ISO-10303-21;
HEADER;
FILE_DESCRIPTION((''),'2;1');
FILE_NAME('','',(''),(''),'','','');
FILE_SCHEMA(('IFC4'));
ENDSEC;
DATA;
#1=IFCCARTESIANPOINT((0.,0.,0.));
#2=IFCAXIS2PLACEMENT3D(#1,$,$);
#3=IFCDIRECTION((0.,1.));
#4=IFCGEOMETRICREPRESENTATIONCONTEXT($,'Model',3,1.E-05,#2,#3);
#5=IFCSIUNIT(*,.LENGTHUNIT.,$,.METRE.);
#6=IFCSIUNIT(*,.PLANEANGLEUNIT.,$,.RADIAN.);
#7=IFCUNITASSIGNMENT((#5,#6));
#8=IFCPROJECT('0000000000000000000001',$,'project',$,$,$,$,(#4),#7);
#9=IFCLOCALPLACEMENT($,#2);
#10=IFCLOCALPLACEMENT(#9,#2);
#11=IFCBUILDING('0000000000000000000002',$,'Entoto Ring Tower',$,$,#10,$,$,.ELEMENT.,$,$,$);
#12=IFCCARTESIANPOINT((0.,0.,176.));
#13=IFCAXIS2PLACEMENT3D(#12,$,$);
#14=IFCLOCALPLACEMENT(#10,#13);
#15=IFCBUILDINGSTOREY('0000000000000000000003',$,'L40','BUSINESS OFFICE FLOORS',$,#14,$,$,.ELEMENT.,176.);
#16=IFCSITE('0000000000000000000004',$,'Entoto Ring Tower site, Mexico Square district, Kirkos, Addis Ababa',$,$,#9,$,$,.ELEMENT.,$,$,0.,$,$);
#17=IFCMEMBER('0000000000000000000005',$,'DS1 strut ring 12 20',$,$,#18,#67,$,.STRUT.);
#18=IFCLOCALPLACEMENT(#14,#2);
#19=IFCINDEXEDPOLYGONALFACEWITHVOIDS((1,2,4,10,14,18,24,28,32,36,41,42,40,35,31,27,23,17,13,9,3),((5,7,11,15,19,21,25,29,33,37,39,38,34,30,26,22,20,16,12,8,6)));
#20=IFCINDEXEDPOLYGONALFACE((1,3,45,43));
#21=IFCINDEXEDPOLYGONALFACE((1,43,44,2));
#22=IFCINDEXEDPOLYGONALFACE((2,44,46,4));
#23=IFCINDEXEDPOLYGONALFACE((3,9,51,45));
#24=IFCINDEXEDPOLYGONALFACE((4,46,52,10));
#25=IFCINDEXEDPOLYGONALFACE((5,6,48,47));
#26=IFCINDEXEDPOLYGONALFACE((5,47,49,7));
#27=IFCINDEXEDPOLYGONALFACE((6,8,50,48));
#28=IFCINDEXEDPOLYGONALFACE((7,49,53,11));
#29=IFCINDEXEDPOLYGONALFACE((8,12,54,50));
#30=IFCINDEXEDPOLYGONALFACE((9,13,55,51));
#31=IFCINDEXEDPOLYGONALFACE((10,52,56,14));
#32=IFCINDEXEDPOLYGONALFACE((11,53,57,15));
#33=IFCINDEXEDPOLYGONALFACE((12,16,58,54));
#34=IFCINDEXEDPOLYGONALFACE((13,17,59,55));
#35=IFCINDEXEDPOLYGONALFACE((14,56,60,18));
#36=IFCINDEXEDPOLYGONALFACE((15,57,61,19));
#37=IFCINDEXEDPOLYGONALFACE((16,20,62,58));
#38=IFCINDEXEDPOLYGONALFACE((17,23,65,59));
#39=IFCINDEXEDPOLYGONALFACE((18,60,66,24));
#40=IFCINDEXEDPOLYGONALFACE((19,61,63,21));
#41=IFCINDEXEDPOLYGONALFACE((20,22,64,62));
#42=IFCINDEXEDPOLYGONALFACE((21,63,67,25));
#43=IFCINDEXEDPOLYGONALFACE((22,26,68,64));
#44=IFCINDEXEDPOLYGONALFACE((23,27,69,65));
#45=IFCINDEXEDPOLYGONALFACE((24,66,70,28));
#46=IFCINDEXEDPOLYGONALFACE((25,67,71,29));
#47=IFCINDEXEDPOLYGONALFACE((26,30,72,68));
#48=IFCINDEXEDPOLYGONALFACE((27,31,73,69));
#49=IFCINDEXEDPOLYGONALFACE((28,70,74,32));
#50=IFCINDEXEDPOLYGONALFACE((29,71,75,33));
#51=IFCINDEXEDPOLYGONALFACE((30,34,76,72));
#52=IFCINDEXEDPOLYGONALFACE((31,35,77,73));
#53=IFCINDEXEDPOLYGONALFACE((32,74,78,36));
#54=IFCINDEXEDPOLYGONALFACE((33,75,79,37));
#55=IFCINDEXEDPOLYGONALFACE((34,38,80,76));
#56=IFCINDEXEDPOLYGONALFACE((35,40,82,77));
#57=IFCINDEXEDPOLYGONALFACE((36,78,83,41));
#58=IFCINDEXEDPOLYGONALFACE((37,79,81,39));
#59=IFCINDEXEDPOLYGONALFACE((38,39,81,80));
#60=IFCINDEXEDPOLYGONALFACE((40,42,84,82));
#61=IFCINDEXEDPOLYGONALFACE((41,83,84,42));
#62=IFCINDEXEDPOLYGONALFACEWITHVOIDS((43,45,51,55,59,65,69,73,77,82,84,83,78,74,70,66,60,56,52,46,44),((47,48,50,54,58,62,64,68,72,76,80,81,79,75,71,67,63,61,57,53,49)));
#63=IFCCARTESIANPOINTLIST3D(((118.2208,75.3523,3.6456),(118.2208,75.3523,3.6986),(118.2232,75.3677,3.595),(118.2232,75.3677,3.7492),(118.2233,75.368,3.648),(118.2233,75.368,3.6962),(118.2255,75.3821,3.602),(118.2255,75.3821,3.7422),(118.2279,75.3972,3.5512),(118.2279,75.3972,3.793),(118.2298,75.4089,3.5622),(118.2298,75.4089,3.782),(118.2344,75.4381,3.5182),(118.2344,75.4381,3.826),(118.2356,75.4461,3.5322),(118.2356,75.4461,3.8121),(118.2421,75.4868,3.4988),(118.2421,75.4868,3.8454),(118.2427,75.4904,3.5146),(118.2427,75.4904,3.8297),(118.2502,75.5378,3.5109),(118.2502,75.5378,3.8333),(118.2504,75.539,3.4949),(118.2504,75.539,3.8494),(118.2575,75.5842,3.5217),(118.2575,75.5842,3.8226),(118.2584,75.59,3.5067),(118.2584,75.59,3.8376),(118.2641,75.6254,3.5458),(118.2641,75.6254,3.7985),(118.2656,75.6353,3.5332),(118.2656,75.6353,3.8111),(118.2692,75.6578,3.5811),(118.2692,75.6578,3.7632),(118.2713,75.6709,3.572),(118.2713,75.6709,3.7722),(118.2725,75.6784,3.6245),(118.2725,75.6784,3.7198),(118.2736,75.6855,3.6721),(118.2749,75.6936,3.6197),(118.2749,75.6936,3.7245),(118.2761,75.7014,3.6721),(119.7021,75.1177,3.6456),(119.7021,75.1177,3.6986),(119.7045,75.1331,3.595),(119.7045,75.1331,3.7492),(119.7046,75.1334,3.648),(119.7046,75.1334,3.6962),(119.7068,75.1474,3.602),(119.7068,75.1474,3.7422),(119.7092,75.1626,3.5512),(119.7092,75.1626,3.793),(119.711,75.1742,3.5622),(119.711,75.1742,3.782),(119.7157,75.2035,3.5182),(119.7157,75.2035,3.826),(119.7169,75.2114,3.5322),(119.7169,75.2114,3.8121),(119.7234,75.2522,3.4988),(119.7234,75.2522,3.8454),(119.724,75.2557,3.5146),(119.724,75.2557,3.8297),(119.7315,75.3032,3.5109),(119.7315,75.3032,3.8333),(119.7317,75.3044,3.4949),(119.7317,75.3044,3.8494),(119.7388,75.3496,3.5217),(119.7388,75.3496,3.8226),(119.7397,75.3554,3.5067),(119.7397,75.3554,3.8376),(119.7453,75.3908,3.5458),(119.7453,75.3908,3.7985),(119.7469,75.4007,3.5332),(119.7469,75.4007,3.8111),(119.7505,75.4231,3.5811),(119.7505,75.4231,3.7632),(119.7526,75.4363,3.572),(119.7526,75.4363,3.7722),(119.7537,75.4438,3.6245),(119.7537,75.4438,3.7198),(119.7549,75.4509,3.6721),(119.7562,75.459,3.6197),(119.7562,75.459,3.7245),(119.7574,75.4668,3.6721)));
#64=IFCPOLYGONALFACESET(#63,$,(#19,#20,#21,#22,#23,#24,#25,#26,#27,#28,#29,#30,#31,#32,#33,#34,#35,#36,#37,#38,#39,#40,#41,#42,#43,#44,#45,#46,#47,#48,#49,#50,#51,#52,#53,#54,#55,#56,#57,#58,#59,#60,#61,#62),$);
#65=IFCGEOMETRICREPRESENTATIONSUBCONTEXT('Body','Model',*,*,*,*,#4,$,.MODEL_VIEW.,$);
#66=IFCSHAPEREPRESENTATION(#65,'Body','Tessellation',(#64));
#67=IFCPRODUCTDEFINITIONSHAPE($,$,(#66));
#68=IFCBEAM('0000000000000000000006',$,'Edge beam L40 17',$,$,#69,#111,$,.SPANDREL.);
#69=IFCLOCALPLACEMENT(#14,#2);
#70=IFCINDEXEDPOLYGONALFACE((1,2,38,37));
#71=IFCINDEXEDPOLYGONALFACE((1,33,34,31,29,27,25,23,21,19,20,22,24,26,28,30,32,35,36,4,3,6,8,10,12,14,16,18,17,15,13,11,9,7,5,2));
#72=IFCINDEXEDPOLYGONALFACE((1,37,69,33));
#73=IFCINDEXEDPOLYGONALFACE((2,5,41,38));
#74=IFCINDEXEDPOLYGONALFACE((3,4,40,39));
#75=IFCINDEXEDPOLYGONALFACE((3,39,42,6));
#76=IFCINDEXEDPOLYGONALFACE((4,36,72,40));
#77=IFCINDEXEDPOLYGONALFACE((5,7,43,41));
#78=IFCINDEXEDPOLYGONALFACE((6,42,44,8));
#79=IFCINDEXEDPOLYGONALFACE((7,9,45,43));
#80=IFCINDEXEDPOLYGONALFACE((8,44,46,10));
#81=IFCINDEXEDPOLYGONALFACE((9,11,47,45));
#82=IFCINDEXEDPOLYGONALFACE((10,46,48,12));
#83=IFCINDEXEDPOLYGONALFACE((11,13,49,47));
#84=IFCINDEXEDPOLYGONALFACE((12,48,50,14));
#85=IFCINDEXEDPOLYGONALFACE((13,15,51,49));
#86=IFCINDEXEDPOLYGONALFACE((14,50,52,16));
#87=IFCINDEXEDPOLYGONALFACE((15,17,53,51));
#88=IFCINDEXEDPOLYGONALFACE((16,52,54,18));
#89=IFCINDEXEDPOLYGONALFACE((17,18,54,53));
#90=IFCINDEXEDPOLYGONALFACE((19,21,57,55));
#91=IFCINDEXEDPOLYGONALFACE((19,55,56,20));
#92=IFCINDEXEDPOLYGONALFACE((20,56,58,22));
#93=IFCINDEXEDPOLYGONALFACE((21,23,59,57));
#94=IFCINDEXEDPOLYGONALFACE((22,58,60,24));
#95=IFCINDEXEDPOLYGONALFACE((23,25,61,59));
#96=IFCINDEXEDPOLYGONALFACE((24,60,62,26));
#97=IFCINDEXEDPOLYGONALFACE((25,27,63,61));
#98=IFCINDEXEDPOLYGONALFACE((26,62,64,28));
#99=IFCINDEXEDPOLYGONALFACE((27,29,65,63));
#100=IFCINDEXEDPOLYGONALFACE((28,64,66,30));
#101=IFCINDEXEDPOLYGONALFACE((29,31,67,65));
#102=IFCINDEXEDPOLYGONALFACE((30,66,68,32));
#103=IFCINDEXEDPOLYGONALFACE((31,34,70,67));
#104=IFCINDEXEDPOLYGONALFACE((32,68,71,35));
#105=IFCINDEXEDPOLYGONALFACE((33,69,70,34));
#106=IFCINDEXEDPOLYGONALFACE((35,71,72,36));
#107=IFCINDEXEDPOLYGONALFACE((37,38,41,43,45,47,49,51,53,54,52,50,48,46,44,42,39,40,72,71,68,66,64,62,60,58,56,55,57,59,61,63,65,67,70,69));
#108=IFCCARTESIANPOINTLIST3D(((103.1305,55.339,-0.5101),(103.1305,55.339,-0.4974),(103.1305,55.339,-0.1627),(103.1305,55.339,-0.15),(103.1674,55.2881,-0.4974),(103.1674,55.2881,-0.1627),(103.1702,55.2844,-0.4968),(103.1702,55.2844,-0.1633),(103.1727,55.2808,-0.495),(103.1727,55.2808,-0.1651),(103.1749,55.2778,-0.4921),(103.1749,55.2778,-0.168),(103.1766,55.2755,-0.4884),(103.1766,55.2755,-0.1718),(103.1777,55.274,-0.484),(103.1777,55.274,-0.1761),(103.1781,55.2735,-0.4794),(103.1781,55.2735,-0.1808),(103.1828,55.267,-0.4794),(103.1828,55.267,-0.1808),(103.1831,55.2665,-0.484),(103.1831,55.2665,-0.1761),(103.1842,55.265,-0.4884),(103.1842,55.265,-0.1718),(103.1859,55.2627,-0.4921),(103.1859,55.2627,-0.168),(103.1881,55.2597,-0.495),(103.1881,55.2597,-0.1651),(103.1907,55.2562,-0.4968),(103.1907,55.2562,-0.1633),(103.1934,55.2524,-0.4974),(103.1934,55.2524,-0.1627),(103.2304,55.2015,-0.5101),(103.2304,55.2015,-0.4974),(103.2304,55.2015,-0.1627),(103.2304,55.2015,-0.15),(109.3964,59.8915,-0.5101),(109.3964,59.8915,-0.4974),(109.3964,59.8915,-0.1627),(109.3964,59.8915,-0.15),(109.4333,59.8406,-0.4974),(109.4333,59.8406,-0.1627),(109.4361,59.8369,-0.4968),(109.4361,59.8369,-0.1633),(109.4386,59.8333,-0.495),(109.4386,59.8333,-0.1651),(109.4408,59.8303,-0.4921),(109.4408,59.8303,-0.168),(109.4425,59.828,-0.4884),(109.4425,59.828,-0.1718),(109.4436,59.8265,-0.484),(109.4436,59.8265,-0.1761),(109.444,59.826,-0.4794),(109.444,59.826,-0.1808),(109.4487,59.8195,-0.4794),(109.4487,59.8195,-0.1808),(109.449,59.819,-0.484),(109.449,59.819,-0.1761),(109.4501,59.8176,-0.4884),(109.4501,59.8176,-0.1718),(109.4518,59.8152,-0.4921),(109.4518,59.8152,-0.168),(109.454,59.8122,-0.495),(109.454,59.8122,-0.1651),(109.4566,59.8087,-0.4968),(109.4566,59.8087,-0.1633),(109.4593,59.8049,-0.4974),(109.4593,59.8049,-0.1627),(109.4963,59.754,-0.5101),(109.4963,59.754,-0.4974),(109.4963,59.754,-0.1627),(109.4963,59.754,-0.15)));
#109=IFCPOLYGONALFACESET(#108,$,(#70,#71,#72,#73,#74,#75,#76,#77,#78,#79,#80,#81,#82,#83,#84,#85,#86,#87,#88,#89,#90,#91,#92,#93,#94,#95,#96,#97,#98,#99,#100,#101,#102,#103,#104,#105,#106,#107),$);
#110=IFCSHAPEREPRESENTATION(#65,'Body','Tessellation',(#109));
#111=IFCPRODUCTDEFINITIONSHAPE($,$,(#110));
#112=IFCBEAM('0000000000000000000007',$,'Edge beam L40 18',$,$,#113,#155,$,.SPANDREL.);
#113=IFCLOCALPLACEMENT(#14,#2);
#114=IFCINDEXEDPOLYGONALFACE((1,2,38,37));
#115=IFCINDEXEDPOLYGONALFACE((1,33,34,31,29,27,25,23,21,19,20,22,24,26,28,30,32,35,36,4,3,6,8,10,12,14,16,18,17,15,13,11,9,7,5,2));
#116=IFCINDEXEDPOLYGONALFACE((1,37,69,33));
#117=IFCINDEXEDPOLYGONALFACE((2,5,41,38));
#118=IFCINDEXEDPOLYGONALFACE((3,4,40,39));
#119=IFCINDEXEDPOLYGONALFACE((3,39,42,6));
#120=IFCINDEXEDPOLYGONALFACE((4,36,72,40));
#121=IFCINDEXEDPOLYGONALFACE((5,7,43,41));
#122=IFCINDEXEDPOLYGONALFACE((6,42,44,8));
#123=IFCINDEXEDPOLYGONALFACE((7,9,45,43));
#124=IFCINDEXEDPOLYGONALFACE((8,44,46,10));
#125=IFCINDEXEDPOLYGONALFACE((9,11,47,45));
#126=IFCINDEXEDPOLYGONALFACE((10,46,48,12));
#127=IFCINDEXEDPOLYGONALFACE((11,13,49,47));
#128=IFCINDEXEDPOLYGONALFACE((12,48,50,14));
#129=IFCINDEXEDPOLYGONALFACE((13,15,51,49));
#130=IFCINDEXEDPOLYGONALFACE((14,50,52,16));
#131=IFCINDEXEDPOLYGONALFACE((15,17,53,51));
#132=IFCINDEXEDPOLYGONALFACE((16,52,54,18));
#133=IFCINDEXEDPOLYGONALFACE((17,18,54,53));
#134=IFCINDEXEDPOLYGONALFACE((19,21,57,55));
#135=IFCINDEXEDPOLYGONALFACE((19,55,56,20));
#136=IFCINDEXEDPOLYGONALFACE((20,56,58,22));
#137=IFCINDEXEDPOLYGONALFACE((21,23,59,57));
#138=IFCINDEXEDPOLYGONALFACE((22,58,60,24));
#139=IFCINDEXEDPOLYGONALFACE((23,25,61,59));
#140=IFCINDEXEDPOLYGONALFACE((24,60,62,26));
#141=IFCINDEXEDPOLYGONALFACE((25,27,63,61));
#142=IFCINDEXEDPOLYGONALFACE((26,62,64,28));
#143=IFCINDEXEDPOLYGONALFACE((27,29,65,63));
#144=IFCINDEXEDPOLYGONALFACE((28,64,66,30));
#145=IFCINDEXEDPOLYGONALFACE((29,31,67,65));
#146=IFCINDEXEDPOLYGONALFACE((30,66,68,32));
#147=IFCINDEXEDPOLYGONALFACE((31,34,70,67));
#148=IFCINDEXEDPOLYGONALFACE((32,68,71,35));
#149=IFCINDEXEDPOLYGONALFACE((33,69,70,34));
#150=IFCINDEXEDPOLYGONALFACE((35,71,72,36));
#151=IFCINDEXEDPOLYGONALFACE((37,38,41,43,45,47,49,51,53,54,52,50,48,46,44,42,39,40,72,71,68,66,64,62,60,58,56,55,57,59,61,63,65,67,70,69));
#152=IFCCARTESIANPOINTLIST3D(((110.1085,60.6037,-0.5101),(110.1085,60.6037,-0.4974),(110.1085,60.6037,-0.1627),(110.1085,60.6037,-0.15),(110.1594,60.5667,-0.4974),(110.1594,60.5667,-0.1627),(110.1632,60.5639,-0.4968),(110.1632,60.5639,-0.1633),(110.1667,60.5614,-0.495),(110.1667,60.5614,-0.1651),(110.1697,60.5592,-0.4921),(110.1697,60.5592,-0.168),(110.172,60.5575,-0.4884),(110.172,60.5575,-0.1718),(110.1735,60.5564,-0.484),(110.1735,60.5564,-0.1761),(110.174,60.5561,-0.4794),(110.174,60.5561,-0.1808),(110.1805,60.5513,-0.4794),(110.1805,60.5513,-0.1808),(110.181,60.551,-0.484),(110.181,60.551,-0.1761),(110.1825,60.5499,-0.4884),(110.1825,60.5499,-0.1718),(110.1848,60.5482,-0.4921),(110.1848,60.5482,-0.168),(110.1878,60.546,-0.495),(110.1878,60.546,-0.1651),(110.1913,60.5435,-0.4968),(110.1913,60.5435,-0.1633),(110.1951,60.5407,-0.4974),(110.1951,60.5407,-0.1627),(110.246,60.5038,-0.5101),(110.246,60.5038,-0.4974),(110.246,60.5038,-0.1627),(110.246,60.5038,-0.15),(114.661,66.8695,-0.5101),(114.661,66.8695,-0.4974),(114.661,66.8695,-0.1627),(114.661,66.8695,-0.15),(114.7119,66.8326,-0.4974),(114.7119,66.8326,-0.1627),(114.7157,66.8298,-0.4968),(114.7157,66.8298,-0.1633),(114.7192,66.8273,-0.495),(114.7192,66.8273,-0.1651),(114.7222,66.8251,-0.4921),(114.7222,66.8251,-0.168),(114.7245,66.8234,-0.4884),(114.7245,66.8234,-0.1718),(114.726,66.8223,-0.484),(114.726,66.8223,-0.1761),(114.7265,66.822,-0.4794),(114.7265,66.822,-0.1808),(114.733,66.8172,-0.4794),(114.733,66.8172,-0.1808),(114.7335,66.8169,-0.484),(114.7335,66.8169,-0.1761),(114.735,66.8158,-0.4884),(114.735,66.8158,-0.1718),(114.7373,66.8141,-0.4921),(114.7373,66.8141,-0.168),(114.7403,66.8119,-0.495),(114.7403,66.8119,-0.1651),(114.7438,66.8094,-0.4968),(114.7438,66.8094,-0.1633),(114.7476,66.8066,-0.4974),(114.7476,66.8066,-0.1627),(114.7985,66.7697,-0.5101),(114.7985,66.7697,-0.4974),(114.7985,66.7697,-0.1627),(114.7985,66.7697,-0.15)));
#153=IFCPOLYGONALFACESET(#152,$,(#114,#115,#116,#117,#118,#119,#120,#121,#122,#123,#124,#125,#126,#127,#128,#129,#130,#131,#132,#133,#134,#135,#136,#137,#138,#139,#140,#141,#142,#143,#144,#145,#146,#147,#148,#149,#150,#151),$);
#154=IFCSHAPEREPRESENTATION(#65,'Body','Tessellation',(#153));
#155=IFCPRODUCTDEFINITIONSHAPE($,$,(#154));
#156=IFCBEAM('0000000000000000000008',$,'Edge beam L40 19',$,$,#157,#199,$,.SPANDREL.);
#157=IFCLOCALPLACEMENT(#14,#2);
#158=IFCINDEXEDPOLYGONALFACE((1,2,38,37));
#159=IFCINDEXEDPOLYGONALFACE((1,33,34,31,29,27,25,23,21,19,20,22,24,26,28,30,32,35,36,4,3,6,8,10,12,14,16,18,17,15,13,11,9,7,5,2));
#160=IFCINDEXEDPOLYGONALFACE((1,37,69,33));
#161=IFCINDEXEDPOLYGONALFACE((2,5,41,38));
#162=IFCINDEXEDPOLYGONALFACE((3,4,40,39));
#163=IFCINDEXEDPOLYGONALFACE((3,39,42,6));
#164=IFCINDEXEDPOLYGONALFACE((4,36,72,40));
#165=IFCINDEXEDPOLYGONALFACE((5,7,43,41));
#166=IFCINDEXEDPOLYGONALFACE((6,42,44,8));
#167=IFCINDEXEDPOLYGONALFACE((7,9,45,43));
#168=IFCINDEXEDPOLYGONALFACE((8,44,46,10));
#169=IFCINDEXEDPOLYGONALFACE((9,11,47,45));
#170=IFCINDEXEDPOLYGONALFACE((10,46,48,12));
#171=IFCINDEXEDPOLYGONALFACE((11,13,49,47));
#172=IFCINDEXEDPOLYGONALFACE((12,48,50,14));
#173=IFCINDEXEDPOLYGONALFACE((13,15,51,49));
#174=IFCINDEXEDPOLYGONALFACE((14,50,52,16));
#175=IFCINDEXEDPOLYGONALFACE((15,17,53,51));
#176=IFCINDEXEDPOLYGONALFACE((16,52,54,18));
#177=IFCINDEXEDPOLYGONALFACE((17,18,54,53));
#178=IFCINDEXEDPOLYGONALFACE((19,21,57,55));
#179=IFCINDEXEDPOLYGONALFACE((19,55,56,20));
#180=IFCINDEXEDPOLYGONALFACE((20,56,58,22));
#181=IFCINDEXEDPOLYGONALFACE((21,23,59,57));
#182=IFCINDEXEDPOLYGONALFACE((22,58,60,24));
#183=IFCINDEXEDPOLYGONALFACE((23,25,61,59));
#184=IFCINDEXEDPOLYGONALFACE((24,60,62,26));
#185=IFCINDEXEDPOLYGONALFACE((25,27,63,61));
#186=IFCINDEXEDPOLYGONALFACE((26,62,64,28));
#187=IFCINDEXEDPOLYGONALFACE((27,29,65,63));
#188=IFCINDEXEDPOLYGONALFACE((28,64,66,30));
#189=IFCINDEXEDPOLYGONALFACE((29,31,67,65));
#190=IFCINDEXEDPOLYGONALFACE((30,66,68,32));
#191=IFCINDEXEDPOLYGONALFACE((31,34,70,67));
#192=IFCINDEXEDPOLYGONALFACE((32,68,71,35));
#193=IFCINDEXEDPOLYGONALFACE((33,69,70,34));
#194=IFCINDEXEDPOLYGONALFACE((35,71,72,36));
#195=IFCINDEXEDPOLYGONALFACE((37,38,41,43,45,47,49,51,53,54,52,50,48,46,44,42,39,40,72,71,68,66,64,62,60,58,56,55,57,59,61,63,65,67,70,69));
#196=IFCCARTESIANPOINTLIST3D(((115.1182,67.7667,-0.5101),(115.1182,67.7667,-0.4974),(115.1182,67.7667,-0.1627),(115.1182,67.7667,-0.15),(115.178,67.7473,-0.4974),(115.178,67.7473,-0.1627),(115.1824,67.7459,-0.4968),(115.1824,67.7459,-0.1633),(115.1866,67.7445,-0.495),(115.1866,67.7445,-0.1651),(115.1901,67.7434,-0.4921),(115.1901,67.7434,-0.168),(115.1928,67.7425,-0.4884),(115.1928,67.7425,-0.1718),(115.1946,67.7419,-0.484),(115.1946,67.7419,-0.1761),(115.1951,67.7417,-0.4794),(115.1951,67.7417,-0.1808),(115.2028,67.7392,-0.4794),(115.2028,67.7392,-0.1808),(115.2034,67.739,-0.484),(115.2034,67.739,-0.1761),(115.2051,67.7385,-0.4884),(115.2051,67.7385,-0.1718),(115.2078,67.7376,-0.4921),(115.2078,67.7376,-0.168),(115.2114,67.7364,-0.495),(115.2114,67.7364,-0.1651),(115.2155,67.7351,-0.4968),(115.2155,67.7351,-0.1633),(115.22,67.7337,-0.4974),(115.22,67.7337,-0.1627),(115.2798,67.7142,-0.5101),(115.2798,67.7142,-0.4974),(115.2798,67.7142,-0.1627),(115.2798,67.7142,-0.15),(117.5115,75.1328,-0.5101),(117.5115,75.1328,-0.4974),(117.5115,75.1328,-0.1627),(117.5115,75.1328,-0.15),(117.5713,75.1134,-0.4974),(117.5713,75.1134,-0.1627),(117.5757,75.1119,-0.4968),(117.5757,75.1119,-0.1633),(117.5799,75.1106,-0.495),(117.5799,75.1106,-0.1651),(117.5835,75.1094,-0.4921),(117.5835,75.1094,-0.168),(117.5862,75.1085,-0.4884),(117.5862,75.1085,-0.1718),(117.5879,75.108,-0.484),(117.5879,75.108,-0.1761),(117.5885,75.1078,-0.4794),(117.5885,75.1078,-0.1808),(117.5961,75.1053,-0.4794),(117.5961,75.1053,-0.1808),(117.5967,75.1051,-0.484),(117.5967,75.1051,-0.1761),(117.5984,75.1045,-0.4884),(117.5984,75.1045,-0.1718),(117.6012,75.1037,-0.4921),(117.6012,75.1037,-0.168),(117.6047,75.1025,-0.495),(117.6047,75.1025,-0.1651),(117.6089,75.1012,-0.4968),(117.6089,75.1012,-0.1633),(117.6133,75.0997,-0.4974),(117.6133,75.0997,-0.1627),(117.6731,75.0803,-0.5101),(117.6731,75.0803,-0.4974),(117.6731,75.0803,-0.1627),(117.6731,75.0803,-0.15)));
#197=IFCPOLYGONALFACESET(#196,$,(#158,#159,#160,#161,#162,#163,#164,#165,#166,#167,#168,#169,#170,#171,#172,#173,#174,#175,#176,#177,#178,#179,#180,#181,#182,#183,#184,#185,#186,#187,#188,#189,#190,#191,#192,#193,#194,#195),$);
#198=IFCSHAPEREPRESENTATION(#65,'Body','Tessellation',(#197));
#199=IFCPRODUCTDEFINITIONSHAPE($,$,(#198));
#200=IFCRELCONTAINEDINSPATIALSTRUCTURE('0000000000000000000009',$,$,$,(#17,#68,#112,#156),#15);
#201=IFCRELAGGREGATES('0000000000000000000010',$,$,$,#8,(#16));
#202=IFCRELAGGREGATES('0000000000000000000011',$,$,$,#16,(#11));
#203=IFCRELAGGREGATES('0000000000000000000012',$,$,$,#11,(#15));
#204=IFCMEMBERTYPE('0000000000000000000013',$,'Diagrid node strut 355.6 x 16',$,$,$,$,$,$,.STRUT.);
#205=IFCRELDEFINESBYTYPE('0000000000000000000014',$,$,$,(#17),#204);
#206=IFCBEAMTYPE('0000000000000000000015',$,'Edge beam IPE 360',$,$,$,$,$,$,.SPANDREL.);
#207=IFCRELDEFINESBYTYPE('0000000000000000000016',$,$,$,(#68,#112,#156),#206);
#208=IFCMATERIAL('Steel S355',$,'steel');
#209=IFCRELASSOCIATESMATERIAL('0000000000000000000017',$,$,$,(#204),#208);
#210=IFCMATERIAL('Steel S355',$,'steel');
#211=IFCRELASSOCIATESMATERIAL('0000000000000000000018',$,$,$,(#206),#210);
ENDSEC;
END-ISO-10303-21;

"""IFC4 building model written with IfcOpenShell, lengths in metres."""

from ifc_helpers import new_model, si_unit, direction, frame, origin, origin_2d, place, context, subcontext, project, spatial, circle, hollow_circle, i_section, extrude, material, material_profile, profile_set, type_object, element, save


model = new_model("IFC4")

# Units and contexts
model_context = context("Model", 3, precision=1e-05, world=origin(), true_north=direction((0.0, 1.0)))
body_context = subcontext(model_context, "Body", "Model", "MODEL_VIEW")
ifc_project = project(units=[si_unit("LENGTHUNIT", "METRE"), si_unit("PLANEANGLEUNIT", "RADIAN")], contexts=[model_context])

# Site, building, storey
site_placement = place(None, origin())
site = spatial("IfcSite", under=ifc_project, at=site_placement, Name="Entoto Ring Tower site, Mexico Square district, Kirkos, Addis Ababa", CompositionType="ELEMENT", RefElevation=0.0)
building_placement = place(site_placement, origin())
building = spatial("IfcBuilding", under=site, at=building_placement, Name="Entoto Ring Tower", CompositionType="ELEMENT")
storey_placement = place(building_placement, frame((0.0, 0.0, 176.0)))
storey = spatial("IfcBuildingStorey", under=building, at=storey_placement, Name="L40", Description="BUSINESS OFFICE FLOORS", CompositionType="ELEMENT", Elevation=176.0)

# Member
ifc_material_1 = material(Name="Steel S355", Category="steel")
ifc_material_profile_1 = material_profile(ifc_material_1, hollow_circle(Radius=0.1777, WallThickness=0.0161, at=origin_2d()), Name="CHS 355.6 x 16")
ifc_material_2 = material(Name="Concrete C60/75", Category="concrete")
ifc_material_profile_2 = material_profile(ifc_material_2, circle(Radius=0.1619, at=origin_2d()), Name="Concrete C60/75 infill")
ifc_profile_set_1 = profile_set([ifc_material_profile_1, ifc_material_profile_2], Name="Steel S355")
member_type = type_object("IfcMemberType", Name="Diagrid node strut 355.6 x 16", PredefinedType="STRUT", material=ifc_profile_set_1)
member_placement = place(storey_placement, frame((118.2483, 75.5259, 3.6721), z_axis=(0.987686, -0.156447, 0.0), x_axis=(0.156447, 0.987686, 0.0)))
element("IfcMember", 1, at=member_placement, inside=storey, type_object=member_type, Name="DS1 strut ring 12 20", PredefinedType="STRUT", context=body_context, shape_type="SweptSolid", body=[
    extrude(hollow_circle(Radius=0.1777, WallThickness=0.0161, at=origin_2d()), origin(), (0.0, 0.0, 1.0), 1.4998),
])

# Beams
ifc_material_3 = material(Name="Steel S355", Category="steel")
ifc_material_profile_3 = material_profile(ifc_material_3, i_section(OverallWidth=0.1699, OverallDepth=0.3601, WebThickness=0.0081, FlangeThickness=0.0127, FilletRadius=0.0181, at=origin_2d()), Name="IPE 360")
ifc_profile_set_2 = profile_set([ifc_material_profile_3], Name="Steel S355")
beam_type_1 = type_object("IfcBeamType", Name="Edge beam IPE 360", PredefinedType="SPANDREL", material=ifc_profile_set_2)
for number, where, z_axis, x_axis, name in (
    (2, (103.1804, 55.2703, -0.3301), (0.809013, 0.587791, 0.0), (-0.587791, 0.809013, 0.0), "Edge beam L40 17"),
    (3, (110.1772, 60.5537, -0.3301), (0.587791, 0.809013, 0.0), (-0.809013, 0.587791, 0.0), "Edge beam L40 18"),
    (4, (115.199, 67.7405, -0.3301), (0.309013, 0.951058, 0.0), (-0.951058, 0.309013, 0.0), "Edge beam L40 19"),
):
    element("IfcBeam", number, at=place(storey_placement, frame(where, z_axis=z_axis, x_axis=x_axis)), inside=storey, type_object=beam_type_1, Name=name, PredefinedType="SPANDREL", context=body_context, shape_type="SweptSolid", body=[
        extrude(i_section(OverallWidth=0.1699, OverallDepth=0.3601, WebThickness=0.0081, FlangeThickness=0.0127, FilletRadius=0.0181, at=origin_2d()), origin(), (0.0, 0.0, 1.0), 7.7451),
    ])

save(model, "model.ifc")
